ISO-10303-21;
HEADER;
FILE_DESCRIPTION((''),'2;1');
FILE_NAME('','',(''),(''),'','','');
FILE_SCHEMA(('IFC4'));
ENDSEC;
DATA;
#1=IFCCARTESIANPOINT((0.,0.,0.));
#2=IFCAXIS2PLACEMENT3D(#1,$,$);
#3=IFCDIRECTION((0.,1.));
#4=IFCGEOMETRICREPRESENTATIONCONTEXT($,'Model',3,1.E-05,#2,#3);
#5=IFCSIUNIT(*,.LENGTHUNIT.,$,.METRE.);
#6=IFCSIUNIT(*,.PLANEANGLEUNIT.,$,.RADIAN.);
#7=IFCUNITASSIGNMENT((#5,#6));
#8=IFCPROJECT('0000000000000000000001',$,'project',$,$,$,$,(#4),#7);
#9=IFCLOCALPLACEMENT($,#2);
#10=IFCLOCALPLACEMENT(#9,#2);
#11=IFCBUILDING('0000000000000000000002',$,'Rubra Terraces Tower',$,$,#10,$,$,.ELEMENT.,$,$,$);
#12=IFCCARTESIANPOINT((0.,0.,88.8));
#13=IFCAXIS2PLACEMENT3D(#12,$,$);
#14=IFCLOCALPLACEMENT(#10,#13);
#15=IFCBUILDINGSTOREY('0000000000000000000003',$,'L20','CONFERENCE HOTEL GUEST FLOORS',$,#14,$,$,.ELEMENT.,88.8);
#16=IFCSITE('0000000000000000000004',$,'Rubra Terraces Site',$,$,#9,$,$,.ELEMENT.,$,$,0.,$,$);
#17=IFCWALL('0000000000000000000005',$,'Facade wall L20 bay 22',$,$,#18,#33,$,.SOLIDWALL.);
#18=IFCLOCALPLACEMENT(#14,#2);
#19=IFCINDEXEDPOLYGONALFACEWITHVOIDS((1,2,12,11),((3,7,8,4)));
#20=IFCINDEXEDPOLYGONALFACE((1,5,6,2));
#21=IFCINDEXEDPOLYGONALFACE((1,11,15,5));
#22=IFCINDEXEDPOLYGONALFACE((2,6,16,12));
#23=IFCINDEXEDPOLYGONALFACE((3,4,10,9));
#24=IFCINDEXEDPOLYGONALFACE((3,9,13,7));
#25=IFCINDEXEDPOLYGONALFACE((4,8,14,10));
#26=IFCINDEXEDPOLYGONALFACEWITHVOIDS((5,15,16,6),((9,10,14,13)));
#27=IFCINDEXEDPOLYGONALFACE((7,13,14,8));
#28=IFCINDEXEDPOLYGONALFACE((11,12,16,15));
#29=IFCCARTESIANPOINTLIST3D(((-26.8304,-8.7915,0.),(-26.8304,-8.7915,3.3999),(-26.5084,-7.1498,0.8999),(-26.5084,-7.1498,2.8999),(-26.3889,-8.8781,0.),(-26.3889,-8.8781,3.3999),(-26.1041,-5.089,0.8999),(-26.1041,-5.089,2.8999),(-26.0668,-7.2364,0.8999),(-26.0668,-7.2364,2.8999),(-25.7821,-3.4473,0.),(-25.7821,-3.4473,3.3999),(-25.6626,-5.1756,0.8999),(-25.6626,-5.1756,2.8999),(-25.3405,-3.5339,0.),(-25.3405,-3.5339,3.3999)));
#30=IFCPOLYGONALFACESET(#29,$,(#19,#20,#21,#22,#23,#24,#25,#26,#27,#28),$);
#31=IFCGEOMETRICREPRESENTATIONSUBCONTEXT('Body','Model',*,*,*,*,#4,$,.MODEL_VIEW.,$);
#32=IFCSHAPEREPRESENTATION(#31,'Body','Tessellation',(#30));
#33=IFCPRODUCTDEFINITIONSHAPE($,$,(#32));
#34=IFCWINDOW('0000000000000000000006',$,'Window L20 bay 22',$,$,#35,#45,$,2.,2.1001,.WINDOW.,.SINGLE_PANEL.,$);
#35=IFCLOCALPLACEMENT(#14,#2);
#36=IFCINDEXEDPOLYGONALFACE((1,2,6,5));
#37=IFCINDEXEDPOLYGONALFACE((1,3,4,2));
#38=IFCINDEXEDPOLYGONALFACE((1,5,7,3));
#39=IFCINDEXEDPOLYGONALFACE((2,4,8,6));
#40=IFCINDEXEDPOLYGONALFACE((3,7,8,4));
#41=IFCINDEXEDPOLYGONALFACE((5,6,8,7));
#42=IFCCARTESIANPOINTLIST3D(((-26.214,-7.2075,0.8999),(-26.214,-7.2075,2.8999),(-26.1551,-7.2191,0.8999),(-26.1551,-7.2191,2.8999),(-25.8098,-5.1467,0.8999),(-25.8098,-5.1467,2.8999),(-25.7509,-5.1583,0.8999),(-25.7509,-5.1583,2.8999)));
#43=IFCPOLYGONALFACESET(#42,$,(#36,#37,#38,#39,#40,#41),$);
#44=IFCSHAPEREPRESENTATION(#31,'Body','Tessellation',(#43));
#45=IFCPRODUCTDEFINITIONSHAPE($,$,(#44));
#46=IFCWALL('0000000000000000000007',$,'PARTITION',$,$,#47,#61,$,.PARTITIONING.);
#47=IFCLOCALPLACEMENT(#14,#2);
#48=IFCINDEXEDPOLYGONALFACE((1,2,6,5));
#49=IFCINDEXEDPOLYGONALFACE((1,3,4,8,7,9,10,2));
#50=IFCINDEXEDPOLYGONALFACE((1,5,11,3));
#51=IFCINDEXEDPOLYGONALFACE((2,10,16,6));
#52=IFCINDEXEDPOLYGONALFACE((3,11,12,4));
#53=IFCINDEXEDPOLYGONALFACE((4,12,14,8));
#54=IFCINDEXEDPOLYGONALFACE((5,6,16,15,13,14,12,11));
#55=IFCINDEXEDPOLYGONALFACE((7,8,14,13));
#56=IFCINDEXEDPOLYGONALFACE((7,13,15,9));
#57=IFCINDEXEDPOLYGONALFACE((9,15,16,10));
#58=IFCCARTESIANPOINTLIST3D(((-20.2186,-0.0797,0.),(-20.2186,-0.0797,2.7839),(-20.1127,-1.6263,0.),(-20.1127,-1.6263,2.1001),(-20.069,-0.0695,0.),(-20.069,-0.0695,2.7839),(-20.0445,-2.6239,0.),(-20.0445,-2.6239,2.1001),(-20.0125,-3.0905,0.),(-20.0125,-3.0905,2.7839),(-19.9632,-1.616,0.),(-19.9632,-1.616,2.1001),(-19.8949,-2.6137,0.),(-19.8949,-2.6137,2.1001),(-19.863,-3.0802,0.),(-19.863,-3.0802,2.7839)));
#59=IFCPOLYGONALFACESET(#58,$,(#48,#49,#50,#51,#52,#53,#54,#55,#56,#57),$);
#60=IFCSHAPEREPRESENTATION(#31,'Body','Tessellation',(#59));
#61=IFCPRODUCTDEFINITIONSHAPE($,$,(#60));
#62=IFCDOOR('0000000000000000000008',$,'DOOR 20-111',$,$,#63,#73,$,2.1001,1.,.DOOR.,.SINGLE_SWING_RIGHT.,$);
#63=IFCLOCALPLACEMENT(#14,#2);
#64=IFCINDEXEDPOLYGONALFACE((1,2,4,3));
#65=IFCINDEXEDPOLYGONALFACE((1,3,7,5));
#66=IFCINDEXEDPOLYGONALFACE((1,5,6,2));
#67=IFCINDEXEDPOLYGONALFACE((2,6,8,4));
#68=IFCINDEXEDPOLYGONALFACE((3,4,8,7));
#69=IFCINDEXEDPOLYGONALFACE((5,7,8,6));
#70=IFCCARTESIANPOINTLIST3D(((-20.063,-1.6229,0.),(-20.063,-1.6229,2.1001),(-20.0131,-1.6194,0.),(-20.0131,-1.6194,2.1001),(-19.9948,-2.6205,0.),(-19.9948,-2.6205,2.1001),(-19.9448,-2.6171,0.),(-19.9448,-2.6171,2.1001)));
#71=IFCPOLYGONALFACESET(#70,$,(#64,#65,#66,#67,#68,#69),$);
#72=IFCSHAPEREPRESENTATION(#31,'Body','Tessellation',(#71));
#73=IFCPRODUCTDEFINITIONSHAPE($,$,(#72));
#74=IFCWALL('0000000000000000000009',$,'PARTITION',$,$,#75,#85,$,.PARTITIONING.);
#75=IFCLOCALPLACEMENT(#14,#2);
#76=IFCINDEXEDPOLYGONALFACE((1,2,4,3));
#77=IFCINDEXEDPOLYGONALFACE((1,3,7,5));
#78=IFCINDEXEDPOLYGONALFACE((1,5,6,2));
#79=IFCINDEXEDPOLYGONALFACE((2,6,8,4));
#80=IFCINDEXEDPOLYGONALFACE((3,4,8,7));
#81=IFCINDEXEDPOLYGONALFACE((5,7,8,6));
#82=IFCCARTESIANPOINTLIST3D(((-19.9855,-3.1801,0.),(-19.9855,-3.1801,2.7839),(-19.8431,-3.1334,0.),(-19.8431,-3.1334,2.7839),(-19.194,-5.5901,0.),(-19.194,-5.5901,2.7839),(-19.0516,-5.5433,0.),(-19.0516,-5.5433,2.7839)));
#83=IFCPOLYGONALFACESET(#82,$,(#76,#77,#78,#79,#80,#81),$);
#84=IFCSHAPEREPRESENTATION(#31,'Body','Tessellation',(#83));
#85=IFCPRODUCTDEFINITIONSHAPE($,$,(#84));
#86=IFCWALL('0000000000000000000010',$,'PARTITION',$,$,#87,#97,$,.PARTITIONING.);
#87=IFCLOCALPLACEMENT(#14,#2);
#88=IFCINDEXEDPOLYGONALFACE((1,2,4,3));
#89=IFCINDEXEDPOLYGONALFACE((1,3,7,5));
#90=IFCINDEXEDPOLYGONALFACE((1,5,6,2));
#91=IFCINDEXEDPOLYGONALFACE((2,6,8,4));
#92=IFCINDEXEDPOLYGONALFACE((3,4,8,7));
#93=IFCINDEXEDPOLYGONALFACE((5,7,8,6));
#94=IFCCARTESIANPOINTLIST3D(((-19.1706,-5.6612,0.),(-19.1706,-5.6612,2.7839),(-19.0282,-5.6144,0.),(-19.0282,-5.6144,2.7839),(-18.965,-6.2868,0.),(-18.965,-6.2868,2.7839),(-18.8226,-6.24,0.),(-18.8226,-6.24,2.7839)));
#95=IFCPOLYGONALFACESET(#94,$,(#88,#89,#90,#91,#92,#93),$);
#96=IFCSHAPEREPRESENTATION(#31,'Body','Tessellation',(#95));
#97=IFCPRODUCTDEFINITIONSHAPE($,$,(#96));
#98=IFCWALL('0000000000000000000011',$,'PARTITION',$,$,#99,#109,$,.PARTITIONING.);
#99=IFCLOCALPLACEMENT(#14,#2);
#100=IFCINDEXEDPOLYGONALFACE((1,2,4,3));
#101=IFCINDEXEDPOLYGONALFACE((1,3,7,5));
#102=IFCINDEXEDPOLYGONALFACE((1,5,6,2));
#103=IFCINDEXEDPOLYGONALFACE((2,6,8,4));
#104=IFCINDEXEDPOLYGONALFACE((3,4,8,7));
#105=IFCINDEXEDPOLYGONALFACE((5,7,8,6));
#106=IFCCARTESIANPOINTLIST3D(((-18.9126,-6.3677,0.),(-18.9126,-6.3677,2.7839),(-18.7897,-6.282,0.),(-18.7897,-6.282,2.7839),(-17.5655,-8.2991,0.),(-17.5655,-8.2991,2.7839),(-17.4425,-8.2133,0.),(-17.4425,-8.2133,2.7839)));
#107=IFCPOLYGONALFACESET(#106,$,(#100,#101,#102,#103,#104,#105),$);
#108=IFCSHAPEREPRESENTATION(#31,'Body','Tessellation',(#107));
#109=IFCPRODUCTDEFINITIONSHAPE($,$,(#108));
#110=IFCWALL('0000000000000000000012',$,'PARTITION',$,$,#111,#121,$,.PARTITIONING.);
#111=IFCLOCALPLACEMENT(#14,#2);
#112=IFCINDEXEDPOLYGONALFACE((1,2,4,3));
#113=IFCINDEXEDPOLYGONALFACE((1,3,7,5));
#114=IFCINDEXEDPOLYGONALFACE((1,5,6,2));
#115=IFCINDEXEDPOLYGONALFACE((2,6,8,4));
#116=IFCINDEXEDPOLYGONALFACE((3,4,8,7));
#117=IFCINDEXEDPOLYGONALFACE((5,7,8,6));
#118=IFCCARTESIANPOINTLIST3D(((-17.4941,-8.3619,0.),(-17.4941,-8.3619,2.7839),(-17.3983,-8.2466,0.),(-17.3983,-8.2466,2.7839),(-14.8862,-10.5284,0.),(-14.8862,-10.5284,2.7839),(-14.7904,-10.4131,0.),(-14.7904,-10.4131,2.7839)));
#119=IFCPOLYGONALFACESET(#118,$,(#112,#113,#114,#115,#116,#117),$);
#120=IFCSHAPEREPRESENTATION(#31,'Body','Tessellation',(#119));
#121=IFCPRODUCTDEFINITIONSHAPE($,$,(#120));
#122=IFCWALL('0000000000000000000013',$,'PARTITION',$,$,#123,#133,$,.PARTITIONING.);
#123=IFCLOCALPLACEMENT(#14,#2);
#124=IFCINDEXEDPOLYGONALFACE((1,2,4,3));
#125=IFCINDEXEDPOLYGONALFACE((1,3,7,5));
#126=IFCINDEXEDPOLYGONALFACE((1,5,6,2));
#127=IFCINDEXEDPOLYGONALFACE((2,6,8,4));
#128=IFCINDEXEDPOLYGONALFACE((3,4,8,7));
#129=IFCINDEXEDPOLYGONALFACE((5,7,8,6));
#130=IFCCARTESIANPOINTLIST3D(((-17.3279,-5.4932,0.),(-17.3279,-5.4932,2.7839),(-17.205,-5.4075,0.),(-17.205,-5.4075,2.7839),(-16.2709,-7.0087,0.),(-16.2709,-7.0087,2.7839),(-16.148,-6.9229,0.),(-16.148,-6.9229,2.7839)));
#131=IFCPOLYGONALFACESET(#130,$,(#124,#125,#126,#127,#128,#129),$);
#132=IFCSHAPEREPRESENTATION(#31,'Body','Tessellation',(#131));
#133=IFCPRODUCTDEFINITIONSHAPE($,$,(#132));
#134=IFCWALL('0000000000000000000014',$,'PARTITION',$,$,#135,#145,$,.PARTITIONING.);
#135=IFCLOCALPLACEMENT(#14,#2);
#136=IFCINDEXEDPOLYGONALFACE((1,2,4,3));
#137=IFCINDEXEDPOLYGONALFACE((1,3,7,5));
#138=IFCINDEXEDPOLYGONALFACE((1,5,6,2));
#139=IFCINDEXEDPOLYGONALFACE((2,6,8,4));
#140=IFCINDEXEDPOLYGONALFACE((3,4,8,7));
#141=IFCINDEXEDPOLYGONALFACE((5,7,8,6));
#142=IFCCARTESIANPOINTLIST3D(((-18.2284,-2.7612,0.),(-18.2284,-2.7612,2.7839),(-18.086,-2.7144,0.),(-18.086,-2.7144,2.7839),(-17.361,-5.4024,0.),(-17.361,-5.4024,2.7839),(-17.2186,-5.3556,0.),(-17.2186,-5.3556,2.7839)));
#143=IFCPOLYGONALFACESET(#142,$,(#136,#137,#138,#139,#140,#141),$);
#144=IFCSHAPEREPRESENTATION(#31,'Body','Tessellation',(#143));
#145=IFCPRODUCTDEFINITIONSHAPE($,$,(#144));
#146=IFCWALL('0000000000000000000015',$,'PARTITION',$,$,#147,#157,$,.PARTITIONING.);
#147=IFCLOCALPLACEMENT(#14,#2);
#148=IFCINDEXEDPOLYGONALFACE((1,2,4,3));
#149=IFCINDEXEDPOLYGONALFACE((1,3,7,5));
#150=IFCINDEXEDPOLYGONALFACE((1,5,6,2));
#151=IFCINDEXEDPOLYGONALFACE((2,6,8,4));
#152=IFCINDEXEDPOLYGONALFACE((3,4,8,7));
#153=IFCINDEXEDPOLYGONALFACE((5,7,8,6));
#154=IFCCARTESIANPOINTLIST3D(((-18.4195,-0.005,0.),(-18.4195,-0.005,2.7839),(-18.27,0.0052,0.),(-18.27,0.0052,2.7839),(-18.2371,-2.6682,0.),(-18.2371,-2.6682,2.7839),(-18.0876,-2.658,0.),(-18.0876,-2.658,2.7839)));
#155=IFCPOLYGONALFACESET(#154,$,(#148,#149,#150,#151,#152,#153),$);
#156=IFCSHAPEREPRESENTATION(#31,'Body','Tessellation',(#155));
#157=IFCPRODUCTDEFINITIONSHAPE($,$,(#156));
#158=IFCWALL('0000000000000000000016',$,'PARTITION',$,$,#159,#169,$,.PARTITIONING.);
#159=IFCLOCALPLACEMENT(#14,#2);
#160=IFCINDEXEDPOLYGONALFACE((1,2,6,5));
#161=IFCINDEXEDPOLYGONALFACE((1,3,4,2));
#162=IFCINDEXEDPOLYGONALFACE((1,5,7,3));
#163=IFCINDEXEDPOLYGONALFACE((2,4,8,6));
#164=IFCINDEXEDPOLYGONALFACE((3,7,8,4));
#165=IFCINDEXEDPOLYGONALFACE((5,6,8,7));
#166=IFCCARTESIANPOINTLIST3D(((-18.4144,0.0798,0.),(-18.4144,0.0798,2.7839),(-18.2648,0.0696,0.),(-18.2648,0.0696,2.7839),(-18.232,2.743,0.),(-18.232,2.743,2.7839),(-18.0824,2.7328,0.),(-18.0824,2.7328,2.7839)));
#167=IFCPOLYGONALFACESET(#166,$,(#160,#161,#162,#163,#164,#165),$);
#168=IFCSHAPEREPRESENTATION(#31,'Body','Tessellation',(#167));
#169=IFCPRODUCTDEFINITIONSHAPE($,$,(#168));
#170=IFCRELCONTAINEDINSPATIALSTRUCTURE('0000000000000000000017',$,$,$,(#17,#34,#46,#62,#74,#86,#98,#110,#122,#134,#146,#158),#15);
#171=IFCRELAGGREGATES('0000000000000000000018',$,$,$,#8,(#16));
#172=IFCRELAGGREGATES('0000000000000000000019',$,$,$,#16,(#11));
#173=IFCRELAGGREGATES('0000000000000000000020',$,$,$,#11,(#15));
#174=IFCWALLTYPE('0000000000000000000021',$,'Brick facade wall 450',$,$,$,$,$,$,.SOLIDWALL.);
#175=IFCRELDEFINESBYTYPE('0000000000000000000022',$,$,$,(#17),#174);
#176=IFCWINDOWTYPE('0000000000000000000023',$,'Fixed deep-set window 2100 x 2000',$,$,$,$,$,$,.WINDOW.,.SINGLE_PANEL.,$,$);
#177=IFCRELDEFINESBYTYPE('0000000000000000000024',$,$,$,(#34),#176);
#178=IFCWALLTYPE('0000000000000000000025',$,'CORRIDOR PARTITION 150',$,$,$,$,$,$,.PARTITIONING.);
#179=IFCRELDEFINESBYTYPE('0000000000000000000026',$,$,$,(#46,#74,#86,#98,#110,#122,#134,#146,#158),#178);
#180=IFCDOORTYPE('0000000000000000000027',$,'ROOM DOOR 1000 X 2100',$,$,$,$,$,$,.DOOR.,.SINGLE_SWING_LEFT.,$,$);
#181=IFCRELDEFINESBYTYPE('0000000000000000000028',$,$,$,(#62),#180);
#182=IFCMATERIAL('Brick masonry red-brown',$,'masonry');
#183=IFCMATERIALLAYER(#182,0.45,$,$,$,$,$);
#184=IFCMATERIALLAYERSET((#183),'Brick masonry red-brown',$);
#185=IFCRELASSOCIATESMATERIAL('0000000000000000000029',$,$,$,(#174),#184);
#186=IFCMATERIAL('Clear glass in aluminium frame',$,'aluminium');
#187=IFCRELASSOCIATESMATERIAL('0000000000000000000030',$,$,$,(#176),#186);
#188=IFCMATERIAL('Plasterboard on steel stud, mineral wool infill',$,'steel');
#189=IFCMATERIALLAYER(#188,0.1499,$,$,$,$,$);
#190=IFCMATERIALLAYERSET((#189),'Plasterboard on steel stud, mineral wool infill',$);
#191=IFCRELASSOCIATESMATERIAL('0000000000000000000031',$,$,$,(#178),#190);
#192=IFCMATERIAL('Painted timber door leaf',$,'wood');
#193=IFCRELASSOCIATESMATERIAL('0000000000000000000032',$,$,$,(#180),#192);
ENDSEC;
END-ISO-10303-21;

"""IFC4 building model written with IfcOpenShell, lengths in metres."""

from ifc_helpers import new_model, si_unit, direction, frame, frame_2d, origin, place, context, subcontext, project, spatial, rectangle, extrude, material, layer, layer_set, type_object, element, fill, save


model = new_model("IFC4")

# Units and contexts
model_context = context("Model", 3, precision=1e-05, world=origin(), true_north=direction((0.0, 1.0)))
body_context = subcontext(model_context, "Body", "Model", "MODEL_VIEW")
ifc_project = project(units=[si_unit("LENGTHUNIT", "METRE"), si_unit("PLANEANGLEUNIT", "RADIAN")], contexts=[model_context])

# Site, building, storey
site_placement = place(None, origin())
site = spatial("IfcSite", under=ifc_project, at=site_placement, Name="Rubra Terraces Site", CompositionType="ELEMENT", RefElevation=0.0)
building_placement = place(site_placement, origin())
building = spatial("IfcBuilding", under=site, at=building_placement, Name="Rubra Terraces Tower", CompositionType="ELEMENT")
storey_placement = place(building_placement, frame((0.0, 0.0, 88.8)))
storey = spatial("IfcBuildingStorey", under=building, at=storey_placement, Name="L20", Description="CONFERENCE HOTEL GUEST FLOORS", CompositionType="ELEMENT", Elevation=88.8)

# Wall, opening, window
ifc_material_1 = material(Name="Brick masonry red-brown", Category="masonry")
ifc_layer_1 = layer(ifc_material_1, 0.45)
ifc_layer_set_1 = layer_set([ifc_layer_1], Name="Brick masonry red-brown")
wall_type_1 = type_object("IfcWallType", Name="Brick facade wall 450", PredefinedType="SOLIDWALL", material=ifc_layer_set_1)
ifc_material_2 = material(Name="Clear glass in aluminium frame", Category="aluminium")
wall_1_placement = place(storey_placement, frame((-25.5613, -3.4905, 0.0), z_axis=(0.0, 0.0, 1.0), x_axis=(-0.192494, -0.981298, 0.0)))
wall_1 = element("IfcWall", 1, at=wall_1_placement, inside=storey, type_object=wall_type_1, Name="Facade wall L20 bay 22", PredefinedType="SOLIDWALL", context=body_context, shape_type="SweptSolid", body=[
    extrude(rectangle(XDim=5.446, YDim=0.45, at=frame_2d((2.7231, 0.0))), origin(), (0.0, 0.0, 1.0), 3.3999),
])
opening_1_placement = place(wall_1_placement, frame((1.6731, 0.0, 0.8999)))
opening_1 = element("IfcOpeningElement", 2, at=opening_1_placement, cuts=wall_1, PredefinedType="OPENING", context=body_context, shape_type="SweptSolid", body=[
    extrude(rectangle(XDim=2.1001, YDim=2.0, at=frame_2d((1.05, 1.0))), frame((0.0, 0.2349, 0.0), z_axis=(0.0, -1.0, 0.0), x_axis=(1.0, 0.0, 0.0)), (0.0, 0.0, 1.0), 0.47),
])
window_type_1 = type_object("IfcWindowType", Name="Fixed deep-set window 2100 x 2000", PartitioningType="SINGLE_PANEL", PredefinedType="WINDOW", material=ifc_material_2)
window_1_placement = place(opening_1_placement, origin())
window_1 = element("IfcWindow", 3, at=window_1_placement, inside=storey, type_object=window_type_1, Name="Window L20 bay 22", OverallHeight=2.0, OverallWidth=2.1001, PartitioningType="SINGLE_PANEL", PredefinedType="WINDOW", context=body_context, shape_type="SweptSolid", body=[
    extrude(rectangle(XDim=2.1001, YDim=2.0, at=frame_2d((1.05, 1.0))), frame((0.0, 0.135, 0.0), z_axis=(0.0, -1.0, 0.0), x_axis=(1.0, 0.0, 0.0)), (0.0, 0.0, 1.0), 0.0601),
])
fill(opening_1, window_1)

# Wall, opening, door
ifc_material_3 = material(Name="Plasterboard on steel stud, mineral wool infill", Category="steel")
ifc_layer_2 = layer(ifc_material_3, 0.1499)
ifc_layer_set_2 = layer_set([ifc_layer_2], Name="Plasterboard on steel stud, mineral wool infill")
wall_type_2 = type_object("IfcWallType", Name="CORRIDOR PARTITION 150", PredefinedType="PARTITIONING", material=ifc_layer_set_2)
wall_2_placement = place(storey_placement, frame((-20.1438, -0.0747, 0.0), z_axis=(0.0, 0.0, 1.0), x_axis=(0.06828, -0.997666, 0.0)))
wall_2 = element("IfcWall", 4, at=wall_2_placement, inside=storey, type_object=wall_type_2, Name="PARTITION", PredefinedType="PARTITIONING", context=body_context, shape_type="SweptSolid", body=[
    extrude(rectangle(XDim=3.0178, YDim=0.1499, at=frame_2d((1.5088, 0.0))), origin(), (0.0, 0.0, 1.0), 2.7839),
])
opening_2_placement = place(wall_2_placement, frame((1.55, 0.0, 0.0)))
opening_2 = element("IfcOpeningElement", 5, at=opening_2_placement, cuts=wall_2, PredefinedType="OPENING", context=body_context, shape_type="SweptSolid", body=[
    extrude(rectangle(XDim=1.0, YDim=2.1001, at=frame_2d((0.5, 1.05))), frame((0.0, 0.085, 0.0), z_axis=(0.0, -1.0, 0.0), x_axis=(1.0, 0.0, 0.0)), (0.0, 0.0, 1.0), 0.1699),
])
ifc_material_4 = material(Name="Painted timber door leaf", Category="wood")
door_type_1 = type_object("IfcDoorType", Name="ROOM DOOR 1000 X 2100", OperationType="SINGLE_SWING_LEFT", PredefinedType="DOOR", material=ifc_material_4)
door_1_placement = place(opening_2_placement, origin())
door_1 = element("IfcDoor", 6, at=door_1_placement, inside=storey, type_object=door_type_1, Name="DOOR 20-111", OperationType="SINGLE_SWING_RIGHT", OverallHeight=2.1001, OverallWidth=1.0, PredefinedType="DOOR", context=body_context, shape_type="SweptSolid", body=[
    extrude(rectangle(XDim=1.0, YDim=2.1001, at=frame_2d((0.5, 1.05))), frame((0.0, 0.0249, 0.0), z_axis=(0.0, -1.0, 0.0), x_axis=(1.0, 0.0, 0.0)), (0.0, 0.0, 1.0), 0.05),
])
fill(opening_2, door_1)

# Walls
wall_3_placement = place(storey_placement, frame((-19.9143, -3.1567, 0.0), z_axis=(0.0, 0.0, 1.0), x_axis=(0.312038, -0.95007, 0.0)))
element("IfcWall", 7, at=wall_3_placement, inside=storey, type_object=wall_type_2, Name="PARTITION", PredefinedType="PARTITIONING", context=body_context, shape_type="SweptSolid", body=[
    extrude(rectangle(XDim=2.5366, YDim=0.1499, at=frame_2d((1.2683, 0.0))), origin(), (0.0, 0.0, 1.0), 2.7839),
])
wall_4_placement = place(storey_placement, frame((-19.0994, -5.6379, 0.0), z_axis=(0.0, 0.0, 1.0), x_axis=(0.31222, -0.95001, 0.0)))
element("IfcWall", 8, at=wall_4_placement, inside=storey, type_object=wall_type_2, Name="PARTITION", PredefinedType="PARTITIONING", context=body_context, shape_type="SweptSolid", body=[
    extrude(rectangle(XDim=0.6584, YDim=0.1499, at=frame_2d((0.3291, 0.0))), origin(), (0.0, 0.0, 1.0), 2.7839),
])
wall_5_placement = place(storey_placement, frame((-18.8511, -6.325, 0.0), z_axis=(0.0, 0.0, 1.0), x_axis=(0.572091, -0.82019, 0.0)))
element("IfcWall", 9, at=wall_5_placement, inside=storey, type_object=wall_type_2, Name="PARTITION", PredefinedType="PARTITIONING", context=body_context, shape_type="SweptSolid", body=[
    extrude(rectangle(XDim=2.3547, YDim=0.1499, at=frame_2d((1.1772, 0.0))), origin(), (0.0, 0.0, 1.0), 2.7839),
])
wall_6_placement = place(storey_placement, frame((-17.4463, -8.3042, 0.0), z_axis=(0.0, 0.0, 1.0), x_axis=(0.7692, -0.639008, 0.0)))
element("IfcWall", 10, at=wall_6_placement, inside=storey, type_object=wall_type_2, Name="PARTITION", PredefinedType="PARTITIONING", context=body_context, shape_type="SweptSolid", body=[
    extrude(rectangle(XDim=3.3904, YDim=0.1499, at=frame_2d((1.6953, 0.0))), origin(), (0.0, 0.0, 1.0), 2.7839),
])
wall_7_placement = place(storey_placement, frame((-16.2095, -6.9658, 0.0), z_axis=(0.0, 0.0, 1.0), x_axis=(-0.572051, 0.820218, 0.0)))
element("IfcWall", 11, at=wall_7_placement, inside=storey, type_object=wall_type_2, Name="PARTITION", PredefinedType="PARTITIONING", context=body_context, shape_type="SweptSolid", body=[
    extrude(rectangle(XDim=1.8477, YDim=0.1499, at=frame_2d((0.9238, 0.0))), origin(), (0.0, 0.0, 1.0), 2.7839),
])
wall_8_placement = place(storey_placement, frame((-17.2898, -5.3792, 0.0), z_axis=(0.0, 0.0, 1.0), x_axis=(-0.312009, 0.950079, 0.0)))
element("IfcWall", 12, at=wall_8_placement, inside=storey, type_object=wall_type_2, Name="PARTITION", PredefinedType="PARTITIONING", context=body_context, shape_type="SweptSolid", body=[
    extrude(rectangle(XDim=2.78, YDim=0.1499, at=frame_2d((1.3901, 0.0))), origin(), (0.0, 0.0, 1.0), 2.7839),
])
for number, where, z_axis, x_axis, name in (
    (13, (-18.1624, -2.6631, 0.0), (0.0, 0.0, 1.0), (-0.068322, 0.997663, 0.0), "PARTITION"),
    (14, (-18.3396, 0.0747, 0.0), (0.0, 0.0, 1.0), (0.068322, 0.997663, 0.0), "PARTITION"),
):
    element("IfcWall", number, at=place(storey_placement, frame(where, z_axis=z_axis, x_axis=x_axis)), inside=storey, type_object=wall_type_2, Name=name, PredefinedType="PARTITIONING", context=body_context, shape_type="SweptSolid", body=[
        extrude(rectangle(XDim=2.6694, YDim=0.1499, at=frame_2d((1.3347, 0.0))), origin(), (0.0, 0.0, 1.0), 2.7839),
    ])

save(model, "model.ifc")
